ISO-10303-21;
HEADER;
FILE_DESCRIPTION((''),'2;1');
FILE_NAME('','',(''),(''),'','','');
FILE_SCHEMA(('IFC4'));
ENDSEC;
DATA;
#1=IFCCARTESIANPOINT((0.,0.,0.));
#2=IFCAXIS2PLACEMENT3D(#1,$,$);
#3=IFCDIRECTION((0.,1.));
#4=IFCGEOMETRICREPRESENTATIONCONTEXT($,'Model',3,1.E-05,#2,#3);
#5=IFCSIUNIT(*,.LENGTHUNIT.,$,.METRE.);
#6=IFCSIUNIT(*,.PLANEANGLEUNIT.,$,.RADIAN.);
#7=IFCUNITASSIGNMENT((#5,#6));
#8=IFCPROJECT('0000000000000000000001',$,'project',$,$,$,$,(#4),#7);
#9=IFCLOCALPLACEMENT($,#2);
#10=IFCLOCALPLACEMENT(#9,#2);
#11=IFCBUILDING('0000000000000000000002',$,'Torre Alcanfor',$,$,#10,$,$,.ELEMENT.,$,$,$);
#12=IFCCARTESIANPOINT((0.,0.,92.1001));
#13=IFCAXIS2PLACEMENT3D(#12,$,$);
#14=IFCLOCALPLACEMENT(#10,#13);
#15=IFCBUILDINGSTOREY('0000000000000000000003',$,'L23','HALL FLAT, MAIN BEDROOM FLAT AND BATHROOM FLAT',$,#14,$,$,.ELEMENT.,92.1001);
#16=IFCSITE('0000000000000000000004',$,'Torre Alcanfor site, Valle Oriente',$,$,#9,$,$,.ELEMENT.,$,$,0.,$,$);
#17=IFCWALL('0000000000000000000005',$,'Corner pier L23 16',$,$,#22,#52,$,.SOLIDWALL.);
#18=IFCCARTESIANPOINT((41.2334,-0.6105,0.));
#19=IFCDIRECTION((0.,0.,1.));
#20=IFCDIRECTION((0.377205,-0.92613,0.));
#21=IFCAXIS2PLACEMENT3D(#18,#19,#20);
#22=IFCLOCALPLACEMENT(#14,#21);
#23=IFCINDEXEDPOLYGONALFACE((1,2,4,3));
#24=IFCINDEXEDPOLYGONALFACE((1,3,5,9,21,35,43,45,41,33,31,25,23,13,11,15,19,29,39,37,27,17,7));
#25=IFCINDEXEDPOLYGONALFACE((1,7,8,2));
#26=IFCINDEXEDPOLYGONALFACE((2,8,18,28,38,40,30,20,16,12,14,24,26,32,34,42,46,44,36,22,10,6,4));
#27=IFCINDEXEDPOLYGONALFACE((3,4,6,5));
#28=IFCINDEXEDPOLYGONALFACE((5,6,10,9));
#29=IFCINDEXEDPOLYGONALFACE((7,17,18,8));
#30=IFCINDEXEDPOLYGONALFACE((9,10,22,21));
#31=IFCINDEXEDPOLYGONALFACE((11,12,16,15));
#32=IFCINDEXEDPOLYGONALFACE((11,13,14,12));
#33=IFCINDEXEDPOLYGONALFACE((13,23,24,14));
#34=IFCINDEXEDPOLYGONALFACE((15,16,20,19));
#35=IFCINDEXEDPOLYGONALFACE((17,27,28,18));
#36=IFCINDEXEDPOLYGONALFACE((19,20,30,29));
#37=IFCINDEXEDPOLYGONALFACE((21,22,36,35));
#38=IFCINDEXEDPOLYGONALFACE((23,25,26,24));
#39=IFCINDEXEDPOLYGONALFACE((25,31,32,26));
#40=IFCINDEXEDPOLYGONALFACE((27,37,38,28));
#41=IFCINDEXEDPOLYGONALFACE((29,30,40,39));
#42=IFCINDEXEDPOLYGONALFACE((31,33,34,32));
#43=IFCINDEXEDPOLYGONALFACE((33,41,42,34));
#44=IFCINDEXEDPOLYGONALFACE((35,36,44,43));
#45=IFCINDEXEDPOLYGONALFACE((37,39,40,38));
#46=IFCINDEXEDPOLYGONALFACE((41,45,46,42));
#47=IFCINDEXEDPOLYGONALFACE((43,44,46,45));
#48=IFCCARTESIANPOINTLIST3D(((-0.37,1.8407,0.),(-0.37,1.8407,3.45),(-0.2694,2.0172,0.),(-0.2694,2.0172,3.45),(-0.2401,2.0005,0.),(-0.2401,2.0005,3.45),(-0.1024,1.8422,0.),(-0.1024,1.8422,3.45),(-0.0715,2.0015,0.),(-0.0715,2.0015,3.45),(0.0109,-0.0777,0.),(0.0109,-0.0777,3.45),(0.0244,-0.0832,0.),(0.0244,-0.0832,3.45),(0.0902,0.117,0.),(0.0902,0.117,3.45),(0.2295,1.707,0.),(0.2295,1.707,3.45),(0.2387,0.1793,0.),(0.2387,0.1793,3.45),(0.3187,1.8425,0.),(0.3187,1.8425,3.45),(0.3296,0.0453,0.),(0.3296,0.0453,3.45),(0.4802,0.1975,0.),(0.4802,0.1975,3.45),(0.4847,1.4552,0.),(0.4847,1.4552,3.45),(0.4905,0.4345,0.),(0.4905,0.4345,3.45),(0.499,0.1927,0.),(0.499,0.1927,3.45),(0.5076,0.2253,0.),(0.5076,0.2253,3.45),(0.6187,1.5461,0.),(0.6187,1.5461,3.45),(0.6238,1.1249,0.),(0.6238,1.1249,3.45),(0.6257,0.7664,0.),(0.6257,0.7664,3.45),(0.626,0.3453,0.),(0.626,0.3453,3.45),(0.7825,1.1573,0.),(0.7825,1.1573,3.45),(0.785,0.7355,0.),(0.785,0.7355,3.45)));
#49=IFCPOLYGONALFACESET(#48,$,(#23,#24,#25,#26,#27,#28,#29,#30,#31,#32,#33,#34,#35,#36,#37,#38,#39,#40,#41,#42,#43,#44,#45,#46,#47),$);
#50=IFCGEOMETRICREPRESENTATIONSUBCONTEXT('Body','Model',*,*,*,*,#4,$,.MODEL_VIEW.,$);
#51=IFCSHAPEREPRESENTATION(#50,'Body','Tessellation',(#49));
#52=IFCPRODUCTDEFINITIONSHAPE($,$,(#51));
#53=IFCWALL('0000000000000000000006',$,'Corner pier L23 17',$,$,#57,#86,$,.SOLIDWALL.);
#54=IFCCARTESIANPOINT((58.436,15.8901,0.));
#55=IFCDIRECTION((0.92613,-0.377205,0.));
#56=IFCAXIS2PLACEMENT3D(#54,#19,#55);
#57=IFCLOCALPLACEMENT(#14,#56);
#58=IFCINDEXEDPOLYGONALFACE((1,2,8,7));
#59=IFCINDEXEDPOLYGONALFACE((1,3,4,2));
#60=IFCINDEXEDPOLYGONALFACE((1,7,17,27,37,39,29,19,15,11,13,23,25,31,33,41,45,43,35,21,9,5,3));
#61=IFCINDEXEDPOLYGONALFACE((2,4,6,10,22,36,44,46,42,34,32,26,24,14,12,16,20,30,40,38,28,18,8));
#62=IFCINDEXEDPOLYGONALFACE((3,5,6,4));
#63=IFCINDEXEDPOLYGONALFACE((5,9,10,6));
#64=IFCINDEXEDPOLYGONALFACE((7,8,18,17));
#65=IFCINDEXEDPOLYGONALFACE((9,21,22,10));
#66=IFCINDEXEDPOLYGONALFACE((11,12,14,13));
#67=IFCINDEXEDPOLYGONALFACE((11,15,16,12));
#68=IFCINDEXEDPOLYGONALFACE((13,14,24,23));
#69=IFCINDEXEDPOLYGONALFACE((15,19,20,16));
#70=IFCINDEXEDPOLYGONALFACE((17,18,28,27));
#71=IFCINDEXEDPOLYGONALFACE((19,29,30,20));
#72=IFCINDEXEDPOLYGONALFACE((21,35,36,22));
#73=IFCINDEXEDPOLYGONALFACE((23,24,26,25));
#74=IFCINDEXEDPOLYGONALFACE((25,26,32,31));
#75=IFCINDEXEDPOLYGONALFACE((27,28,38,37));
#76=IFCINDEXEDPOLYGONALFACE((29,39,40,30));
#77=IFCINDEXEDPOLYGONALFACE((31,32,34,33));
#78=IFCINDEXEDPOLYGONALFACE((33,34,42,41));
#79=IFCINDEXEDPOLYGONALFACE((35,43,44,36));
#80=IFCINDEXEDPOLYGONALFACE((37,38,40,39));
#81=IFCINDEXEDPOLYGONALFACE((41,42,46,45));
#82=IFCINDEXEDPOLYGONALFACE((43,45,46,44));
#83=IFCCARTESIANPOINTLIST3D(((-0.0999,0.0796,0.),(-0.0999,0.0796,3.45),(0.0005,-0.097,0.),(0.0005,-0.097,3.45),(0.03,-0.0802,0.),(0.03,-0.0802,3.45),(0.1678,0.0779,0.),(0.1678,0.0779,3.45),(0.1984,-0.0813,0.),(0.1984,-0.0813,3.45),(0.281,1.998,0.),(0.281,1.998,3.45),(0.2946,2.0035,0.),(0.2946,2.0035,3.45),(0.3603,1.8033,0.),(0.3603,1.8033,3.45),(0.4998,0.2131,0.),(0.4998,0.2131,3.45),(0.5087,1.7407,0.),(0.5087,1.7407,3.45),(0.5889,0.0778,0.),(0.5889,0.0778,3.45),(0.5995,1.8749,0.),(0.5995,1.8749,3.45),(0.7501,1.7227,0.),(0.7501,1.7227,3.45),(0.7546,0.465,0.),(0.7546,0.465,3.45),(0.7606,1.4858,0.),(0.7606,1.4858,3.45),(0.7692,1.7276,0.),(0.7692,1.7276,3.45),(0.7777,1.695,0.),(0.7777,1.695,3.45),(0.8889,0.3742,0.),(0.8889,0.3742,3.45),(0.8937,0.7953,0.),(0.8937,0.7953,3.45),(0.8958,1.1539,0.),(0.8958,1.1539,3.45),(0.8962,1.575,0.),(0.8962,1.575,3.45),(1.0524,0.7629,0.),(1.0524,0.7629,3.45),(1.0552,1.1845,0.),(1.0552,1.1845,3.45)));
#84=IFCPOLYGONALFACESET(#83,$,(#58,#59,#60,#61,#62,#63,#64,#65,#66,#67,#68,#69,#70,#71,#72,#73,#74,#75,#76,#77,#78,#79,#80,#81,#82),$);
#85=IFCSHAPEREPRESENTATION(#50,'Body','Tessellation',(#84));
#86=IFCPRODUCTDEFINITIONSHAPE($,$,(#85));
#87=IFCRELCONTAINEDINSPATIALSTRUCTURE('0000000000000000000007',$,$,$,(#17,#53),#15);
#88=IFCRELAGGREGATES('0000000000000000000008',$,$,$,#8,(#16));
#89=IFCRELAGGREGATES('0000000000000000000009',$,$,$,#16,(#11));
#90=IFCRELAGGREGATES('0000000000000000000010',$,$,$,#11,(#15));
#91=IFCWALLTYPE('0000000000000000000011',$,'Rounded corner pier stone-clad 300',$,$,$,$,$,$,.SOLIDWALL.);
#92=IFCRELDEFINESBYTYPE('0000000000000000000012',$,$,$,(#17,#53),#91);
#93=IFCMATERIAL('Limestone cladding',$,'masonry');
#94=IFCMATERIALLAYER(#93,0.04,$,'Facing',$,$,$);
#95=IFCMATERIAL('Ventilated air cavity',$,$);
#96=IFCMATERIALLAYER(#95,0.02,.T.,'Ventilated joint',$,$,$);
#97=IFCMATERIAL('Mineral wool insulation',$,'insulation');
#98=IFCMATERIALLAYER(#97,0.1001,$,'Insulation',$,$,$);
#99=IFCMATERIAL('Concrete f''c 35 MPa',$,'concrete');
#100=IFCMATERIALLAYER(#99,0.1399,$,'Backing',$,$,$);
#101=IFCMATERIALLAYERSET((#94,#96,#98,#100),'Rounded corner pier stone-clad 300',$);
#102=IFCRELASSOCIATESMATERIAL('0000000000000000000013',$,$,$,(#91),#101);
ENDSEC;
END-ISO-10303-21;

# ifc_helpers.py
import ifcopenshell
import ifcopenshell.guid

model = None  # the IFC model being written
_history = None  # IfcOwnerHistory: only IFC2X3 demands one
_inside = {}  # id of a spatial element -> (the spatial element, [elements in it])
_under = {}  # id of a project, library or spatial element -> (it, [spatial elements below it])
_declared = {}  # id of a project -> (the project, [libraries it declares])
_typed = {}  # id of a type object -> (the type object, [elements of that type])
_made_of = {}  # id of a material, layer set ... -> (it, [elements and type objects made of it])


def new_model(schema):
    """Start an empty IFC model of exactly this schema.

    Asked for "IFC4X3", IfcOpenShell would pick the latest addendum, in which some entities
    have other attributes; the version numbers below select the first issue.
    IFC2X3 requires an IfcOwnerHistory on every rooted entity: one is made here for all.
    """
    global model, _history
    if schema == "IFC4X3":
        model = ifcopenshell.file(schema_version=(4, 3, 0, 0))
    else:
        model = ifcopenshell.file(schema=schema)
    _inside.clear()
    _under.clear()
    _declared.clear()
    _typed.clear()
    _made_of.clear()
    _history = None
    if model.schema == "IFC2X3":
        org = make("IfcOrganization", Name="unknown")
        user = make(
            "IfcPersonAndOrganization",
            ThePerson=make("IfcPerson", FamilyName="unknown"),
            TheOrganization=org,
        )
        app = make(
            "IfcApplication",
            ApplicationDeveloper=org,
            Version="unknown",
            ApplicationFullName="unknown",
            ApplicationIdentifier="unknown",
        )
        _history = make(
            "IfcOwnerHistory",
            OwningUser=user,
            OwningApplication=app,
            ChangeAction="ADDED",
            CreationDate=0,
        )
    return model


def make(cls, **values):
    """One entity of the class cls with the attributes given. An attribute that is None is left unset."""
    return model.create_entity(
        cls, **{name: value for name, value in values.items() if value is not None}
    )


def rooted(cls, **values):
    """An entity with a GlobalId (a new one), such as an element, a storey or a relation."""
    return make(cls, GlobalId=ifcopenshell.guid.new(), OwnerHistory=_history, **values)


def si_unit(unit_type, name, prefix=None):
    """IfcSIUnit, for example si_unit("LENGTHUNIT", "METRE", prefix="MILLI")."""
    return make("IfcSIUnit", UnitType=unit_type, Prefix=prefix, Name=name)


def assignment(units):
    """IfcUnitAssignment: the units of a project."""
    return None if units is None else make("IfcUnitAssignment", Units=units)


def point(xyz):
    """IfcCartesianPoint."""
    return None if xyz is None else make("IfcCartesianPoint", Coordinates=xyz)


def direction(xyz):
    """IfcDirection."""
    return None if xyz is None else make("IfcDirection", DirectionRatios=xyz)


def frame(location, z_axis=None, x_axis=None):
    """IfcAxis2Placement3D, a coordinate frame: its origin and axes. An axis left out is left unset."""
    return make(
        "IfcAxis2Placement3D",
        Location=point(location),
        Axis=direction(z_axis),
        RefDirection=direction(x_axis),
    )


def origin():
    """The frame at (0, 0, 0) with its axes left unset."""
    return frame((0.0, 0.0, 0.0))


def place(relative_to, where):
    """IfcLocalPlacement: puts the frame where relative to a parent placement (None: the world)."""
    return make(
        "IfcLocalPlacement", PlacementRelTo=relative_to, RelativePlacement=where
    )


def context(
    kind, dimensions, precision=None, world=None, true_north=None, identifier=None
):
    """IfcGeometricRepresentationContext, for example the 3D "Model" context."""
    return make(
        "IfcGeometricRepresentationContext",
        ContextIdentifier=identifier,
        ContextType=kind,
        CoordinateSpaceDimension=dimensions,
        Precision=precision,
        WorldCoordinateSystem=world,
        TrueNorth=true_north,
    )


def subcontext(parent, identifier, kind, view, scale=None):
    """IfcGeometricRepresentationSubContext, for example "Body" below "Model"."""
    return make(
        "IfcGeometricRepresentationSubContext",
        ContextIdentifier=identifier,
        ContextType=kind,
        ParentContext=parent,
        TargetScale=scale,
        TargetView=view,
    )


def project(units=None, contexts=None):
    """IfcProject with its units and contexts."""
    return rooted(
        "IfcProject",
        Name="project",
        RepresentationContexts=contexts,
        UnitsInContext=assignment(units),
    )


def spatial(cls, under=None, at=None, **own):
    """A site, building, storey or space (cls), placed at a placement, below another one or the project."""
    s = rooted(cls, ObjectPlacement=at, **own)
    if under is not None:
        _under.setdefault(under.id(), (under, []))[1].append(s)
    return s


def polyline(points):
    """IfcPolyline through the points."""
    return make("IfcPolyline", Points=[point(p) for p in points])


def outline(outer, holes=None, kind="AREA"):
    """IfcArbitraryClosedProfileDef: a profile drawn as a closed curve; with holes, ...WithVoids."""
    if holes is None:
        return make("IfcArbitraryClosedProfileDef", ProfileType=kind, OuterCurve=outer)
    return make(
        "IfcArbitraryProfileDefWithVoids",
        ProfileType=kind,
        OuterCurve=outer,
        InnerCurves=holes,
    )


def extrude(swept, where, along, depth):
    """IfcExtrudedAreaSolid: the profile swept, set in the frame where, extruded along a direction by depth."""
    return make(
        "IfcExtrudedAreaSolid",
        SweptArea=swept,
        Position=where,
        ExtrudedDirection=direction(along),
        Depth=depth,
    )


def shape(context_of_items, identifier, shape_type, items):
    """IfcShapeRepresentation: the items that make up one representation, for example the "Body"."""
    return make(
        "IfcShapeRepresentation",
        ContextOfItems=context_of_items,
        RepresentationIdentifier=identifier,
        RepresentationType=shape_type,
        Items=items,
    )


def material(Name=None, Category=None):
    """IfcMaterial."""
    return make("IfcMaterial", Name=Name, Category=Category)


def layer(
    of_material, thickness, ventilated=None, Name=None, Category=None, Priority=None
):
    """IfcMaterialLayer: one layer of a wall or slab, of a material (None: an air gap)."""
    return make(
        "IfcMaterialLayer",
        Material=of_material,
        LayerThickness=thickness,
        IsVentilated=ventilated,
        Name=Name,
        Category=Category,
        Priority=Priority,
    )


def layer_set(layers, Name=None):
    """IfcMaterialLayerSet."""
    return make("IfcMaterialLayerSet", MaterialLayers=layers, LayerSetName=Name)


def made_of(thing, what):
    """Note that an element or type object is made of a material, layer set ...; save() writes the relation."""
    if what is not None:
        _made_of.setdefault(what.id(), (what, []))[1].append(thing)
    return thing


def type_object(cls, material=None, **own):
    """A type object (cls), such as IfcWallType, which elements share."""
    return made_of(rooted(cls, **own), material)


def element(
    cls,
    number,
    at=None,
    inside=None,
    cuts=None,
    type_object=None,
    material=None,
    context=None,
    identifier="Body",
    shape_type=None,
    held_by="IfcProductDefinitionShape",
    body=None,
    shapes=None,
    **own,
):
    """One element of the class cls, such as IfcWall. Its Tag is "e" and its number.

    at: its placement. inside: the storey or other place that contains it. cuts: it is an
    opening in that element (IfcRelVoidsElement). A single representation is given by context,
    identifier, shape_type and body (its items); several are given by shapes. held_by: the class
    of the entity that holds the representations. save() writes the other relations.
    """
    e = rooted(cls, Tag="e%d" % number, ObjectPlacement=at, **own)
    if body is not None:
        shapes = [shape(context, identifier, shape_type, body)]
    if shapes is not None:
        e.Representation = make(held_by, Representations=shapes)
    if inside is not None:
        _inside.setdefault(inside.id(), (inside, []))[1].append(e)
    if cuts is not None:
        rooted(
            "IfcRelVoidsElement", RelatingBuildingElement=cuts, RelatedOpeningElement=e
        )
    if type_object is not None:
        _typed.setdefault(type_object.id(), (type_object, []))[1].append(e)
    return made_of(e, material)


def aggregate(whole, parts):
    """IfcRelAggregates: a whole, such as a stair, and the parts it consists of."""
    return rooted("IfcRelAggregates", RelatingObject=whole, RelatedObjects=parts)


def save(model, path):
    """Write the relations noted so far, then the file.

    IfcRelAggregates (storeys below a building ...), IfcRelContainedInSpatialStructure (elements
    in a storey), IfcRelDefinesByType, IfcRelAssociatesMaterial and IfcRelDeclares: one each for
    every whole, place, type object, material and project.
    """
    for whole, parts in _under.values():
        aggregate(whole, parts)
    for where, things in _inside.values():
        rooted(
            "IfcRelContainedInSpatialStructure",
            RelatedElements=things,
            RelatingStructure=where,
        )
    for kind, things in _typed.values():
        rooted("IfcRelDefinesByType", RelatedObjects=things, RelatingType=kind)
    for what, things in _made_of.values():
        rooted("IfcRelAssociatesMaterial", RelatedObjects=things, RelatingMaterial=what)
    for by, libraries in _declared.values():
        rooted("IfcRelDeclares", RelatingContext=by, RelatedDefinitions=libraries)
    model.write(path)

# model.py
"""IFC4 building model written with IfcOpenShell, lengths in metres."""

from ifc_helpers import new_model, si_unit, direction, frame, origin, place, context, subcontext, project, spatial, polyline, outline, extrude, material, layer, layer_set, type_object, element, save


model = new_model("IFC4")

# Units and contexts
model_context = context("Model", 3, precision=1e-05, world=origin(), true_north=direction((0.0, 1.0)))
body_context = subcontext(model_context, "Body", "Model", "MODEL_VIEW")
ifc_project = project(units=[si_unit("LENGTHUNIT", "METRE"), si_unit("PLANEANGLEUNIT", "RADIAN")], contexts=[model_context])

# Site, building, storey
site_placement = place(None, origin())
site = spatial("IfcSite", under=ifc_project, at=site_placement, Name="Torre Alcanfor site, Valle Oriente", CompositionType="ELEMENT", RefElevation=0.0)
building_placement = place(site_placement, origin())
building = spatial("IfcBuilding", under=site, at=building_placement, Name="Torre Alcanfor", CompositionType="ELEMENT")
storey_placement = place(building_placement, frame((0.0, 0.0, 92.1001)))
storey = spatial("IfcBuildingStorey", under=building, at=storey_placement, Name="L23", Description="HALL FLAT, MAIN BEDROOM FLAT AND BATHROOM FLAT", CompositionType="ELEMENT", Elevation=92.1001)

# Shared definitions
ifc_material_1 = material(Name="Limestone cladding", Category="masonry")
ifc_material_2 = material(Name="Ventilated air cavity")
ifc_material_3 = material(Name="Mineral wool insulation", Category="insulation")
ifc_material_4 = material(Name="Concrete f'c 35 MPa", Category="concrete")

# Walls
ifc_layer_1 = layer(ifc_material_1, 0.04, Name="Facing")
ifc_layer_2 = layer(ifc_material_2, 0.02, ventilated=True, Name="Ventilated joint")
ifc_layer_3 = layer(ifc_material_3, 0.1001, Name="Insulation")
ifc_layer_4 = layer(ifc_material_4, 0.1399, Name="Backing")
ifc_layer_set_1 = layer_set([ifc_layer_1, ifc_layer_2, ifc_layer_3, ifc_layer_4], Name="Rounded corner pier stone-clad 300")
wall_type_1 = type_object("IfcWallType", Name="Rounded corner pier stone-clad 300", PredefinedType="SOLIDWALL", material=ifc_layer_set_1)
wall_1_placement = place(storey_placement, frame((41.2334, -0.6105, 0.0), z_axis=(0.0, 0.0, 1.0), x_axis=(0.377205, -0.92613, 0.0)))
element("IfcWall", 1, at=wall_1_placement, inside=storey, type_object=wall_type_1, Name="Corner pier L23 16", PredefinedType="SOLIDWALL", context=body_context, shape_type="SweptSolid", body=[
    extrude(outline(polyline([(0.3187, 1.8425), (-0.0715, 2.0015), (-0.2401, 2.0005), (-0.2694, 2.0172), (-0.37, 1.8407), (-0.1024, 1.8422), (0.2295, 1.707), (0.4847, 1.4552), (0.6238, 1.1249), (0.6257, 0.7664), (0.4905, 0.4345), (0.2387, 0.1793), (0.0902, 0.117), (0.0109, -0.0777), (0.0244, -0.0832), (0.3296, 0.0453), (0.4802, 0.1975), (0.499, 0.1927), (0.5076, 0.2253), (0.626, 0.3453), (0.785, 0.7355), (0.7825, 1.1573), (0.6187, 1.5461), (0.3187, 1.8425)])), origin(), (0.0, 0.0, 1.0), 3.45),
])
wall_2_placement = place(storey_placement, frame((58.436, 15.8901, 0.0), z_axis=(0.0, 0.0, 1.0), x_axis=(0.92613, -0.377205, 0.0)))
element("IfcWall", 2, at=wall_2_placement, inside=storey, type_object=wall_type_1, Name="Corner pier L23 17", PredefinedType="SOLIDWALL", context=body_context, shape_type="SweptSolid", body=[
    extrude(outline(polyline([(0.7692, 1.7276), (0.7501, 1.7227), (0.5995, 1.8749), (0.2946, 2.0035), (0.281, 1.998), (0.3603, 1.8033), (0.5087, 1.7407), (0.7606, 1.4858), (0.8958, 1.1539), (0.8937, 0.7953), (0.7546, 0.465), (0.4998, 0.2131), (0.1678, 0.0779), (-0.0999, 0.0796), (0.0005, -0.097), (0.03, -0.0802), (0.1984, -0.0813), (0.5889, 0.0778), (0.8889, 0.3742), (1.0524, 0.7629), (1.0552, 1.1845), (0.8962, 1.575), (0.7777, 1.695), (0.7692, 1.7276)])), origin(), (0.0, 0.0, 1.0), 3.45),
])

save(model, "model.ifc")
